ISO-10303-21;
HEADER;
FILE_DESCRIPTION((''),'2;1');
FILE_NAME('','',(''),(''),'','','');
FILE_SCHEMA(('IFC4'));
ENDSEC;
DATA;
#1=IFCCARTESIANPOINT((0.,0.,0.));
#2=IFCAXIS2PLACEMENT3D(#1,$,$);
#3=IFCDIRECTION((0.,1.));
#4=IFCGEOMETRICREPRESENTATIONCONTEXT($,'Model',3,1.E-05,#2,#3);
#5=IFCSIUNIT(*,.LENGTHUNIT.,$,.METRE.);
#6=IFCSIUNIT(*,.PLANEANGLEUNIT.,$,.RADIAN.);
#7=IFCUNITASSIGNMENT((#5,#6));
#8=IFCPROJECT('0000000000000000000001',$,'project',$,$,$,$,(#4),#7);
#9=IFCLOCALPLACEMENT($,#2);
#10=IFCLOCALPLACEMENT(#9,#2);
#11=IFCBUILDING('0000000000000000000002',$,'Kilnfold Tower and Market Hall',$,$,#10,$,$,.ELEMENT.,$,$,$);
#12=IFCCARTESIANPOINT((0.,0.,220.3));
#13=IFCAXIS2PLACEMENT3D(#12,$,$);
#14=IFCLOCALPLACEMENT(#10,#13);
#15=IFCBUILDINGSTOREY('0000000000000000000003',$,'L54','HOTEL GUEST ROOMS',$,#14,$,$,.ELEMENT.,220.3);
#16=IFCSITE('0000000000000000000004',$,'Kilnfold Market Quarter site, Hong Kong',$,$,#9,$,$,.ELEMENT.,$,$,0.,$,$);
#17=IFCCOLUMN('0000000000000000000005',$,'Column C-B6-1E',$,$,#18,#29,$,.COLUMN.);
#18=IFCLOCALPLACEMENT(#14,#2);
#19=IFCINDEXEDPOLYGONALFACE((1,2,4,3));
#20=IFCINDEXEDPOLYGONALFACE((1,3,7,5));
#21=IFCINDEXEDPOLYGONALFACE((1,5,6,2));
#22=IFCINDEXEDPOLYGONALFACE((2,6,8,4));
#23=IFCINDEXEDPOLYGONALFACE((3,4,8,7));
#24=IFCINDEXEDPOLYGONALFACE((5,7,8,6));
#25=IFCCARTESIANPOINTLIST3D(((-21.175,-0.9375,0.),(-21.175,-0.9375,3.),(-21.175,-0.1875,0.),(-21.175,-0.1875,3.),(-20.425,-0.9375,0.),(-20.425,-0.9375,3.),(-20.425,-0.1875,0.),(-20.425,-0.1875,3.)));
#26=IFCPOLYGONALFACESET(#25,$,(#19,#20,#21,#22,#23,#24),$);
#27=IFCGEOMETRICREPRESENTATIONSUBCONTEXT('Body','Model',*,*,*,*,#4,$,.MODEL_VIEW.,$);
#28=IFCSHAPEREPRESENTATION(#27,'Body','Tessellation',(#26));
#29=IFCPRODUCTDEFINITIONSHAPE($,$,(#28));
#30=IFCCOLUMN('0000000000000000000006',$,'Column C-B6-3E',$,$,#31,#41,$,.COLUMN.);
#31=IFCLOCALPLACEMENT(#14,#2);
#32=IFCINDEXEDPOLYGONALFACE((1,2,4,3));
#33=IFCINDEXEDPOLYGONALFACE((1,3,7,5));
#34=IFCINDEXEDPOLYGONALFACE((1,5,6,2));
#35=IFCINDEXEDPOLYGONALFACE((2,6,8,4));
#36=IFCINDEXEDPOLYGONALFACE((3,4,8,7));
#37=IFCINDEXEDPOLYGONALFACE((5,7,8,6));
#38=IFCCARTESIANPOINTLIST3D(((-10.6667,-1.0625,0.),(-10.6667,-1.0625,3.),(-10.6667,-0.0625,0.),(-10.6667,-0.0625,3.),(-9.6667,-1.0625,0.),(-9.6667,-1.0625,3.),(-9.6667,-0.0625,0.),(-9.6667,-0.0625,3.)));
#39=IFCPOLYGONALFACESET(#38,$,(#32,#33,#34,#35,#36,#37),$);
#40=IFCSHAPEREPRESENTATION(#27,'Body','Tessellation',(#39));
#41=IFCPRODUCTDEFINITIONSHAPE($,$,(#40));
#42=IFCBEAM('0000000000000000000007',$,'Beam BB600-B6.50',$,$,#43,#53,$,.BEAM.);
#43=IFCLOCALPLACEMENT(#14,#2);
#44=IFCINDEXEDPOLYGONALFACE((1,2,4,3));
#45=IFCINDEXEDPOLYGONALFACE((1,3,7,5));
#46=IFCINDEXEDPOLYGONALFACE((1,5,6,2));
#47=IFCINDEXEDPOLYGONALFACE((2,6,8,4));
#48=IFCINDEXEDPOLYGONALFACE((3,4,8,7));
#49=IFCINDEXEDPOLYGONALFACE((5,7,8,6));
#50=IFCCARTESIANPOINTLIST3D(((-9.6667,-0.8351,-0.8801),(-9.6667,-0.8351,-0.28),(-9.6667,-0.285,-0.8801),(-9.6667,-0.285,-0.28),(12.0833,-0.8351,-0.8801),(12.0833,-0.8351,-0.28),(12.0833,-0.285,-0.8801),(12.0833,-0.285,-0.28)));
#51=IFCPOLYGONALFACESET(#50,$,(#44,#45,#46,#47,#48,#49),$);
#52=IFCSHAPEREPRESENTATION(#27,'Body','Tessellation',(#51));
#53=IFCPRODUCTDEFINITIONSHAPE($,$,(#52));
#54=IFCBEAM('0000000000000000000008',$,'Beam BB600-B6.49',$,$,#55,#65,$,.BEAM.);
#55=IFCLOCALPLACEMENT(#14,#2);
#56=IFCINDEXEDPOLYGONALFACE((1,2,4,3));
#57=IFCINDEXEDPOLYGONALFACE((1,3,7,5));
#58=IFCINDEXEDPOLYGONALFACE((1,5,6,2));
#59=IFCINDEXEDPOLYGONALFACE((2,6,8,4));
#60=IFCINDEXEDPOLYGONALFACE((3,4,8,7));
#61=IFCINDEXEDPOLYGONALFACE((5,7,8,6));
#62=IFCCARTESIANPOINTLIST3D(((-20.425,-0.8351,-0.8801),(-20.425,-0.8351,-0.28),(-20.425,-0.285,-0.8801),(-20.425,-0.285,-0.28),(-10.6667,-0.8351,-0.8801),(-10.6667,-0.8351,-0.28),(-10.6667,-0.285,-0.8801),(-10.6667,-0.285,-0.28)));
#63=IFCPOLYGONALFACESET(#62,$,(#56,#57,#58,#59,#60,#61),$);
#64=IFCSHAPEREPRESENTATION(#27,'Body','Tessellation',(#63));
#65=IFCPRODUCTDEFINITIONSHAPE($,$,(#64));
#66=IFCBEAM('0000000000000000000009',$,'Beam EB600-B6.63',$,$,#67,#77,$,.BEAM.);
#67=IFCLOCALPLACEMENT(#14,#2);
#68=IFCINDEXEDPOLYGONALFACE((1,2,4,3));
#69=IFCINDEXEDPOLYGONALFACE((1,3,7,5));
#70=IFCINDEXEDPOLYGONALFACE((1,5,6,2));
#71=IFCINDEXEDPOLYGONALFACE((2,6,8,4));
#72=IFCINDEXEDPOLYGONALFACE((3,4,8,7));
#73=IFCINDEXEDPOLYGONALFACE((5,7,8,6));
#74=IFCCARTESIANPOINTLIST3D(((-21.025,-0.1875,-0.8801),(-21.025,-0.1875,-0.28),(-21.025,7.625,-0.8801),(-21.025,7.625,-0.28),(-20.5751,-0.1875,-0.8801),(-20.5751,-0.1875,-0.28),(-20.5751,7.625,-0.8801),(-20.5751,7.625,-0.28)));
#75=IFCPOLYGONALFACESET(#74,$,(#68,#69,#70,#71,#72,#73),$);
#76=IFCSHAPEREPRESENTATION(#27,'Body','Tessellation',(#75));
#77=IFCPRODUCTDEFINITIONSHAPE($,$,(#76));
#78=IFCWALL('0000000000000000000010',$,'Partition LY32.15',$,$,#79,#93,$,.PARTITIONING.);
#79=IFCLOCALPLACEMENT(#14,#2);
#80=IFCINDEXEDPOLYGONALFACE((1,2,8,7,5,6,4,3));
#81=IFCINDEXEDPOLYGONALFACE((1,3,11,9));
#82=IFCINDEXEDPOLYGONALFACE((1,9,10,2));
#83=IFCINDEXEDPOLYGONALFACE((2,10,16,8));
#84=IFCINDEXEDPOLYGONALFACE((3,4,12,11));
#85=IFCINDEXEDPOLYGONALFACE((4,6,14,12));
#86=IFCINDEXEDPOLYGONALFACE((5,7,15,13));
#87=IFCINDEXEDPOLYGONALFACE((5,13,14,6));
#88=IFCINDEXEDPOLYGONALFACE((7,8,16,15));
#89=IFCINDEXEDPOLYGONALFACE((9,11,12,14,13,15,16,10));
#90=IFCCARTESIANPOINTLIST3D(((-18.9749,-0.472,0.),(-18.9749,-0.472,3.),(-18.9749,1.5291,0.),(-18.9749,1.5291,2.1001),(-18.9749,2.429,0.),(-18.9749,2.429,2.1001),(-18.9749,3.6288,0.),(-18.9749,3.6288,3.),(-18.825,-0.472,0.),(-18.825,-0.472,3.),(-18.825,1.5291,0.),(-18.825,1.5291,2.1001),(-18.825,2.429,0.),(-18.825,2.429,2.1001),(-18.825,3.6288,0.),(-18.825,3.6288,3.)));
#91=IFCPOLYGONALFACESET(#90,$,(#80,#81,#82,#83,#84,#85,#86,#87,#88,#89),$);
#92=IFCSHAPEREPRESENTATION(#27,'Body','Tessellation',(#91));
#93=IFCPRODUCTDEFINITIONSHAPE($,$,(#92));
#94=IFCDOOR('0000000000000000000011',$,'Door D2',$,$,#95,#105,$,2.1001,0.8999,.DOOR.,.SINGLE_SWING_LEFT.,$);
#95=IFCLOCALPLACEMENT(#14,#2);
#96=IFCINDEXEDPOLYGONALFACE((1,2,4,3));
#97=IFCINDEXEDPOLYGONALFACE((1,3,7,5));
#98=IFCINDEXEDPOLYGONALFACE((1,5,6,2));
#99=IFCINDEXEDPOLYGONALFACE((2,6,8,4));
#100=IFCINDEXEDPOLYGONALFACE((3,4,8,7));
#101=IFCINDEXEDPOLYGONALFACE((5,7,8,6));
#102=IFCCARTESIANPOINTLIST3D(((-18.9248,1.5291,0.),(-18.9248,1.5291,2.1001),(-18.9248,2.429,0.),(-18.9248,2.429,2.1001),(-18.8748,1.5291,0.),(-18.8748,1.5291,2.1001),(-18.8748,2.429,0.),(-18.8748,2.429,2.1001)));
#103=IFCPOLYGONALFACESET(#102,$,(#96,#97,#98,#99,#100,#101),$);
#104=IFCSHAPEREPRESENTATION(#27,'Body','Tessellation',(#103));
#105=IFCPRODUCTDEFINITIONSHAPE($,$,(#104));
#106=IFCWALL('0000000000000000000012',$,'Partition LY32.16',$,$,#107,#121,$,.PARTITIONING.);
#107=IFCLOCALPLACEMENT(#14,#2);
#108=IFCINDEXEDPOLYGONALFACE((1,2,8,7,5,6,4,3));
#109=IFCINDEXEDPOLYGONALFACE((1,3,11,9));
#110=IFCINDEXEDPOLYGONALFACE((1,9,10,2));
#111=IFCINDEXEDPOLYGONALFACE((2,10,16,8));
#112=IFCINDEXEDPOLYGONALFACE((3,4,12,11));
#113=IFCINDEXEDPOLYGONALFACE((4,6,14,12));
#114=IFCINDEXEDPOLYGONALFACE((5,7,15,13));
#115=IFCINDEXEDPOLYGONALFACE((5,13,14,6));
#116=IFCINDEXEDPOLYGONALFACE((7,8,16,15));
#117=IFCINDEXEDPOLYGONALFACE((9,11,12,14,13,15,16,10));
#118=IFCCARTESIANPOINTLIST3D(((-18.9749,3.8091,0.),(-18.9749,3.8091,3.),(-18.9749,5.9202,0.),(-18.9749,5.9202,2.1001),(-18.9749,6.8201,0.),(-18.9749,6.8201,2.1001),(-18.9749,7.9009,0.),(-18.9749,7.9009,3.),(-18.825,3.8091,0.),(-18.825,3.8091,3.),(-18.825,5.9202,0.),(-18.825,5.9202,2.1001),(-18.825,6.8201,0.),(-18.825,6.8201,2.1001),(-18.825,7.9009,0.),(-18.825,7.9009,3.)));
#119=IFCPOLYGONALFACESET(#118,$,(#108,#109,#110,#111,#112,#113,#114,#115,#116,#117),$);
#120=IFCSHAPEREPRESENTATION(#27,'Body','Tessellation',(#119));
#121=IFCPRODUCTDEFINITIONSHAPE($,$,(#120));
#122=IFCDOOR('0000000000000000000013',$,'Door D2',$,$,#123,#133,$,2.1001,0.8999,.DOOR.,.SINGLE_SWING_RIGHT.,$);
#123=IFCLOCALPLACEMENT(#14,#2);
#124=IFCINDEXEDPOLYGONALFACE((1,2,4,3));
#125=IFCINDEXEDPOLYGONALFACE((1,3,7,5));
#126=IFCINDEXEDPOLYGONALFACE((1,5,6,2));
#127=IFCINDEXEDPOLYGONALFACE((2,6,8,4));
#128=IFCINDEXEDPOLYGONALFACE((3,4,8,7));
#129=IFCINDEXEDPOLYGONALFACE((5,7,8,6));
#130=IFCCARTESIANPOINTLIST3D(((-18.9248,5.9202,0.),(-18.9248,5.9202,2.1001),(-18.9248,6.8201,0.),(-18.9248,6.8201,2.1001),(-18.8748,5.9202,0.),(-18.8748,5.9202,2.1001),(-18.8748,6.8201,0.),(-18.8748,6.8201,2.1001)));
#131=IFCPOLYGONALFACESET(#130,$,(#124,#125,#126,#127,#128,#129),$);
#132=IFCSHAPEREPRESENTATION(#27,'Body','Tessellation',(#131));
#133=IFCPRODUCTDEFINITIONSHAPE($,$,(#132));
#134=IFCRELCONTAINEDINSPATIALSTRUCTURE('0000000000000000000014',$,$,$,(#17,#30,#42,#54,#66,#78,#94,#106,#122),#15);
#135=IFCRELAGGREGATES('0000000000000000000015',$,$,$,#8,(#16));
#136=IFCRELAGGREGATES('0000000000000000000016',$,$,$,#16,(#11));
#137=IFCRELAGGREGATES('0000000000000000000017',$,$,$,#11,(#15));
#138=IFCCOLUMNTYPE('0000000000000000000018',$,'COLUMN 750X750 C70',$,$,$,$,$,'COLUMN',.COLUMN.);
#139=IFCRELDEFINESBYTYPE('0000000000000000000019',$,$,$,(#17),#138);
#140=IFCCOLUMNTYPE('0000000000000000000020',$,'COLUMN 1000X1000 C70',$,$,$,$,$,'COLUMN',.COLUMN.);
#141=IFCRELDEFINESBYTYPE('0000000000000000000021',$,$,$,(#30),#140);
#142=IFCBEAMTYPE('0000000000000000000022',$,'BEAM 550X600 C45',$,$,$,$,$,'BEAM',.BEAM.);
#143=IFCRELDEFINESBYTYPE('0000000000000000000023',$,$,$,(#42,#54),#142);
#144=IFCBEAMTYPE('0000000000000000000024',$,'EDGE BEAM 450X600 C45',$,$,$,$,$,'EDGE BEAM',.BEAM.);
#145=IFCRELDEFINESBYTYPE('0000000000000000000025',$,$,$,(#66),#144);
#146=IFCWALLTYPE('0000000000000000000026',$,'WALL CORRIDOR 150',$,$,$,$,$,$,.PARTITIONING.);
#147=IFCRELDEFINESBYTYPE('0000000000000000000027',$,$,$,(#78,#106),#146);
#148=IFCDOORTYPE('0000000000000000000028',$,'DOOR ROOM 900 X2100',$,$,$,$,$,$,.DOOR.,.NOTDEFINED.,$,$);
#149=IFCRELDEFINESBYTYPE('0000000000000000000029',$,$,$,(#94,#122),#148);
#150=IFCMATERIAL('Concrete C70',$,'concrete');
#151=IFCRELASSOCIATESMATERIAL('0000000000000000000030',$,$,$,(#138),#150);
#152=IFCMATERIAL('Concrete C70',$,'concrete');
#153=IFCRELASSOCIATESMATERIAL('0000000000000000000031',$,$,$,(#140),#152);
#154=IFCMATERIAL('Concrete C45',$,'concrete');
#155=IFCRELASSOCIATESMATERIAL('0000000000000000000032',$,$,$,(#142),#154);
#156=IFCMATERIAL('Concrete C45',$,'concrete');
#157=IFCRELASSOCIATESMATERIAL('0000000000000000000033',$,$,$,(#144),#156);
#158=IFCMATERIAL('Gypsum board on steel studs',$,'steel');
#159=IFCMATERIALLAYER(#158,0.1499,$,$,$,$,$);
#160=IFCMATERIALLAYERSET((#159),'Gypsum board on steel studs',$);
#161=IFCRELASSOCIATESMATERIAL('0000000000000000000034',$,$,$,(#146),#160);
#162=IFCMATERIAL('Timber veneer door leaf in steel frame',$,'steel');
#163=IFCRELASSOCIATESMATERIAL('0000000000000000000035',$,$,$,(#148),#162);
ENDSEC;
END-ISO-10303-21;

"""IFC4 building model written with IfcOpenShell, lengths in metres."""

from ifc_helpers import new_model, si_unit, direction, frame, frame_2d, origin, origin_2d, place, context, subcontext, project, spatial, rectangle, extrude, source, transform, mapped, material, layer, layer_set, material_profile, profile_set, type_object, element, fill, save


model = new_model("IFC4")

# Units and contexts
model_context = context("Model", 3, precision=1e-05, world=origin(), true_north=direction((0.0, 1.0)))
body_context = subcontext(model_context, "Body", "Model", "MODEL_VIEW")
ifc_project = project(units=[si_unit("LENGTHUNIT", "METRE"), si_unit("PLANEANGLEUNIT", "RADIAN")], contexts=[model_context])

# Site, building, storey
site_placement = place(None, origin())
site = spatial("IfcSite", under=ifc_project, at=site_placement, Name="Kilnfold Market Quarter site, Hong Kong", CompositionType="ELEMENT", RefElevation=0.0)
building_placement = place(site_placement, origin())
building = spatial("IfcBuilding", under=site, at=building_placement, Name="Kilnfold Tower and Market Hall", CompositionType="ELEMENT")
storey_placement = place(building_placement, frame((0.0, 0.0, 220.3)))
storey = spatial("IfcBuildingStorey", under=building, at=storey_placement, Name="L54", Description="HOTEL GUEST ROOMS", CompositionType="ELEMENT", Elevation=220.3)

# Columns
ifc_material_1 = material(Name="Concrete C70", Category="concrete")
ifc_material_profile_1 = material_profile(ifc_material_1, rectangle(XDim=0.75, YDim=0.75, at=origin_2d()), Name="RC 750x750")
ifc_profile_set_1 = profile_set([ifc_material_profile_1], Name="Concrete C70")
column_type_1 = type_object("IfcColumnType", Name="COLUMN 750X750 C70", ElementType="COLUMN", PredefinedType="COLUMN", material=ifc_profile_set_1)
shared_shape_1 = source(origin(), body_context, "Body", "SweptSolid", [
    extrude(rectangle(XDim=0.75, YDim=0.75, at=origin_2d()), origin(), (0.0, 0.0, 1.0), 3.0),
])
column_1_placement = place(storey_placement, frame((-20.8, -0.5625, 0.0), z_axis=(0.0, 0.0, 1.0), x_axis=(1.0, 0.0, 0.0)))
element("IfcColumn", 1, at=column_1_placement, inside=storey, type_object=column_type_1, Name="Column C-B6-1E", PredefinedType="COLUMN", context=body_context, shape_type="MappedRepresentation", body=[
    mapped(shared_shape_1, transform((0.0, 0.0, 0.0))),
])
ifc_material_2 = material(Name="Concrete C70", Category="concrete")
ifc_material_profile_2 = material_profile(ifc_material_2, rectangle(XDim=1.0, YDim=1.0, at=origin_2d()), Name="RC 1000x1000")
ifc_profile_set_2 = profile_set([ifc_material_profile_2], Name="Concrete C70")
column_type_2 = type_object("IfcColumnType", Name="COLUMN 1000X1000 C70", ElementType="COLUMN", PredefinedType="COLUMN", material=ifc_profile_set_2)
shared_shape_2 = source(origin(), body_context, "Body", "SweptSolid", [
    extrude(rectangle(XDim=1.0, YDim=1.0, at=origin_2d()), origin(), (0.0, 0.0, 1.0), 3.0),
])
column_2_placement = place(storey_placement, frame((-10.1667, -0.5625, 0.0), z_axis=(0.0, 0.0, 1.0), x_axis=(1.0, 0.0, 0.0)))
element("IfcColumn", 2, at=column_2_placement, inside=storey, type_object=column_type_2, Name="Column C-B6-3E", PredefinedType="COLUMN", context=body_context, shape_type="MappedRepresentation", body=[
    mapped(shared_shape_2, transform((0.0, 0.0, 0.0))),
])

# Beams
ifc_material_3 = material(Name="Concrete C45", Category="concrete")
ifc_material_profile_3 = material_profile(ifc_material_3, rectangle(XDim=0.55, YDim=0.6001, at=origin_2d()), Name="RC 550x600")
ifc_profile_set_3 = profile_set([ifc_material_profile_3], Name="Concrete C45")
beam_type_1 = type_object("IfcBeamType", Name="BEAM 550X600 C45", ElementType="BEAM", PredefinedType="BEAM", material=ifc_profile_set_3)
shared_shape_3 = source(origin(), body_context, "Body", "SweptSolid", [
    extrude(rectangle(XDim=0.55, YDim=0.6001, at=origin_2d()), origin(), (0.0, 0.0, 1.0), 21.75),
])
beam_1_placement = place(storey_placement, frame((-9.6667, -0.5601, -0.5801), z_axis=(1.0, 0.0, 0.0), x_axis=(0.0, 1.0, 0.0)))
element("IfcBeam", 3, at=beam_1_placement, inside=storey, type_object=beam_type_1, Name="Beam BB600-B6.50", PredefinedType="BEAM", context=body_context, shape_type="MappedRepresentation", body=[
    mapped(shared_shape_3, transform((0.0, 0.0, 0.0))),
])
shared_shape_4 = source(origin(), body_context, "Body", "SweptSolid", [
    extrude(rectangle(XDim=0.55, YDim=0.6001, at=origin_2d()), origin(), (0.0, 0.0, 1.0), 9.7583),
])
beam_2_placement = place(storey_placement, frame((-20.425, -0.5601, -0.5801), z_axis=(1.0, 0.0, 0.0), x_axis=(0.0, 1.0, 0.0)))
element("IfcBeam", 4, at=beam_2_placement, inside=storey, type_object=beam_type_1, Name="Beam BB600-B6.49", PredefinedType="BEAM", context=body_context, shape_type="MappedRepresentation", body=[
    mapped(shared_shape_4, transform((0.0, 0.0, 0.0))),
])
ifc_material_4 = material(Name="Concrete C45", Category="concrete")
ifc_material_profile_4 = material_profile(ifc_material_4, rectangle(XDim=0.45, YDim=0.6001, at=origin_2d()), Name="RC 450x600")
ifc_profile_set_4 = profile_set([ifc_material_profile_4], Name="Concrete C45")
beam_type_2 = type_object("IfcBeamType", Name="EDGE BEAM 450X600 C45", ElementType="EDGE BEAM", PredefinedType="BEAM", material=ifc_profile_set_4)
shared_shape_5 = source(origin(), body_context, "Body", "SweptSolid", [
    extrude(rectangle(XDim=0.45, YDim=0.6001, at=origin_2d()), origin(), (0.0, 0.0, 1.0), 7.8125),
])
beam_3_placement = place(storey_placement, frame((-20.8, -0.1875, -0.5801), z_axis=(0.0, 1.0, 0.0), x_axis=(-1.0, 0.0, 0.0)))
element("IfcBeam", 5, at=beam_3_placement, inside=storey, type_object=beam_type_2, Name="Beam EB600-B6.63", PredefinedType="BEAM", context=body_context, shape_type="MappedRepresentation", body=[
    mapped(shared_shape_5, transform((0.0, 0.0, 0.0))),
])

# Walls, openings, doors
ifc_material_5 = material(Name="Gypsum board on steel studs", Category="steel")
ifc_layer_1 = layer(ifc_material_5, 0.1499)
ifc_layer_set_1 = layer_set([ifc_layer_1], Name="Gypsum board on steel studs")
wall_type_1 = type_object("IfcWallType", Name="WALL CORRIDOR 150", PredefinedType="PARTITIONING", material=ifc_layer_set_1)
wall_1_placement = place(storey_placement, frame((-18.8999, -0.4719, 0.0), z_axis=(0.0, 0.0, 1.0), x_axis=(0.0, 1.0, 0.0)))
wall_1 = element("IfcWall", 6, at=wall_1_placement, inside=storey, type_object=wall_type_1, Name="Partition LY32.15", PredefinedType="PARTITIONING", context=body_context, shape_type="SweptSolid", body=[
    extrude(rectangle(XDim=4.1008, YDim=0.1499, at=frame_2d((2.0503, 0.0))), origin(), (0.0, 0.0, 1.0), 3.0),
])
opening_1_placement = place(wall_1_placement, frame((2.001, 0.0, 0.0)))
opening_1 = element("IfcOpeningElement", 7, at=opening_1_placement, cuts=wall_1, PredefinedType="OPENING", context=body_context, shape_type="SweptSolid", body=[
    extrude(rectangle(XDim=0.8999, YDim=2.1001, at=frame_2d((0.45, 1.05))), frame((0.0, 0.085, 0.0), z_axis=(0.0, -1.0, 0.0), x_axis=(1.0, 0.0, 0.0)), (0.0, 0.0, 1.0), 0.1699),
])
ifc_material_6 = material(Name="Timber veneer door leaf in steel frame", Category="steel")
door_type = type_object("IfcDoorType", Name="DOOR ROOM 900 X2100", OperationType="NOTDEFINED", PredefinedType="DOOR", material=ifc_material_6)
door_1_placement = place(opening_1_placement, origin())
door_1 = element("IfcDoor", 8, at=door_1_placement, inside=storey, type_object=door_type, Name="Door D2", OperationType="SINGLE_SWING_LEFT", OverallHeight=2.1001, OverallWidth=0.8999, PredefinedType="DOOR", context=body_context, shape_type="SweptSolid", body=[
    extrude(rectangle(XDim=0.8999, YDim=2.1001, at=frame_2d((0.45, 1.05))), frame((0.0, 0.0249, 0.0), z_axis=(0.0, -1.0, 0.0), x_axis=(1.0, 0.0, 0.0)), (0.0, 0.0, 1.0), 0.05),
])
fill(opening_1, door_1)
wall_2_placement = place(storey_placement, frame((-18.8999, 3.8091, 0.0), z_axis=(0.0, 0.0, 1.0), x_axis=(0.0, 1.0, 0.0)))
wall_2 = element("IfcWall", 9, at=wall_2_placement, inside=storey, type_object=wall_type_1, Name="Partition LY32.16", PredefinedType="PARTITIONING", context=body_context, shape_type="SweptSolid", body=[
    extrude(rectangle(XDim=4.0918, YDim=0.1499, at=frame_2d((2.0459, 0.0))), origin(), (0.0, 0.0, 1.0), 3.0),
])
opening_2_placement = place(wall_2_placement, frame((2.1111, 0.0, 0.0)))
opening_2 = element("IfcOpeningElement", 10, at=opening_2_placement, cuts=wall_2, PredefinedType="OPENING", context=body_context, shape_type="SweptSolid", body=[
    extrude(rectangle(XDim=0.8999, YDim=2.1001, at=frame_2d((0.45, 1.05))), frame((0.0, 0.085, 0.0), z_axis=(0.0, -1.0, 0.0), x_axis=(1.0, 0.0, 0.0)), (0.0, 0.0, 1.0), 0.1699),
])
door_2_placement = place(opening_2_placement, origin())
door_2 = element("IfcDoor", 11, at=door_2_placement, inside=storey, type_object=door_type, Name="Door D2", OperationType="SINGLE_SWING_RIGHT", OverallHeight=2.1001, OverallWidth=0.8999, PredefinedType="DOOR", context=body_context, shape_type="SweptSolid", body=[
    extrude(rectangle(XDim=0.8999, YDim=2.1001, at=frame_2d((0.45, 1.05))), frame((0.0, 0.0249, 0.0), z_axis=(0.0, -1.0, 0.0), x_axis=(1.0, 0.0, 0.0)), (0.0, 0.0, 1.0), 0.05),
])
fill(opening_2, door_2)

save(model, "model.ifc")
